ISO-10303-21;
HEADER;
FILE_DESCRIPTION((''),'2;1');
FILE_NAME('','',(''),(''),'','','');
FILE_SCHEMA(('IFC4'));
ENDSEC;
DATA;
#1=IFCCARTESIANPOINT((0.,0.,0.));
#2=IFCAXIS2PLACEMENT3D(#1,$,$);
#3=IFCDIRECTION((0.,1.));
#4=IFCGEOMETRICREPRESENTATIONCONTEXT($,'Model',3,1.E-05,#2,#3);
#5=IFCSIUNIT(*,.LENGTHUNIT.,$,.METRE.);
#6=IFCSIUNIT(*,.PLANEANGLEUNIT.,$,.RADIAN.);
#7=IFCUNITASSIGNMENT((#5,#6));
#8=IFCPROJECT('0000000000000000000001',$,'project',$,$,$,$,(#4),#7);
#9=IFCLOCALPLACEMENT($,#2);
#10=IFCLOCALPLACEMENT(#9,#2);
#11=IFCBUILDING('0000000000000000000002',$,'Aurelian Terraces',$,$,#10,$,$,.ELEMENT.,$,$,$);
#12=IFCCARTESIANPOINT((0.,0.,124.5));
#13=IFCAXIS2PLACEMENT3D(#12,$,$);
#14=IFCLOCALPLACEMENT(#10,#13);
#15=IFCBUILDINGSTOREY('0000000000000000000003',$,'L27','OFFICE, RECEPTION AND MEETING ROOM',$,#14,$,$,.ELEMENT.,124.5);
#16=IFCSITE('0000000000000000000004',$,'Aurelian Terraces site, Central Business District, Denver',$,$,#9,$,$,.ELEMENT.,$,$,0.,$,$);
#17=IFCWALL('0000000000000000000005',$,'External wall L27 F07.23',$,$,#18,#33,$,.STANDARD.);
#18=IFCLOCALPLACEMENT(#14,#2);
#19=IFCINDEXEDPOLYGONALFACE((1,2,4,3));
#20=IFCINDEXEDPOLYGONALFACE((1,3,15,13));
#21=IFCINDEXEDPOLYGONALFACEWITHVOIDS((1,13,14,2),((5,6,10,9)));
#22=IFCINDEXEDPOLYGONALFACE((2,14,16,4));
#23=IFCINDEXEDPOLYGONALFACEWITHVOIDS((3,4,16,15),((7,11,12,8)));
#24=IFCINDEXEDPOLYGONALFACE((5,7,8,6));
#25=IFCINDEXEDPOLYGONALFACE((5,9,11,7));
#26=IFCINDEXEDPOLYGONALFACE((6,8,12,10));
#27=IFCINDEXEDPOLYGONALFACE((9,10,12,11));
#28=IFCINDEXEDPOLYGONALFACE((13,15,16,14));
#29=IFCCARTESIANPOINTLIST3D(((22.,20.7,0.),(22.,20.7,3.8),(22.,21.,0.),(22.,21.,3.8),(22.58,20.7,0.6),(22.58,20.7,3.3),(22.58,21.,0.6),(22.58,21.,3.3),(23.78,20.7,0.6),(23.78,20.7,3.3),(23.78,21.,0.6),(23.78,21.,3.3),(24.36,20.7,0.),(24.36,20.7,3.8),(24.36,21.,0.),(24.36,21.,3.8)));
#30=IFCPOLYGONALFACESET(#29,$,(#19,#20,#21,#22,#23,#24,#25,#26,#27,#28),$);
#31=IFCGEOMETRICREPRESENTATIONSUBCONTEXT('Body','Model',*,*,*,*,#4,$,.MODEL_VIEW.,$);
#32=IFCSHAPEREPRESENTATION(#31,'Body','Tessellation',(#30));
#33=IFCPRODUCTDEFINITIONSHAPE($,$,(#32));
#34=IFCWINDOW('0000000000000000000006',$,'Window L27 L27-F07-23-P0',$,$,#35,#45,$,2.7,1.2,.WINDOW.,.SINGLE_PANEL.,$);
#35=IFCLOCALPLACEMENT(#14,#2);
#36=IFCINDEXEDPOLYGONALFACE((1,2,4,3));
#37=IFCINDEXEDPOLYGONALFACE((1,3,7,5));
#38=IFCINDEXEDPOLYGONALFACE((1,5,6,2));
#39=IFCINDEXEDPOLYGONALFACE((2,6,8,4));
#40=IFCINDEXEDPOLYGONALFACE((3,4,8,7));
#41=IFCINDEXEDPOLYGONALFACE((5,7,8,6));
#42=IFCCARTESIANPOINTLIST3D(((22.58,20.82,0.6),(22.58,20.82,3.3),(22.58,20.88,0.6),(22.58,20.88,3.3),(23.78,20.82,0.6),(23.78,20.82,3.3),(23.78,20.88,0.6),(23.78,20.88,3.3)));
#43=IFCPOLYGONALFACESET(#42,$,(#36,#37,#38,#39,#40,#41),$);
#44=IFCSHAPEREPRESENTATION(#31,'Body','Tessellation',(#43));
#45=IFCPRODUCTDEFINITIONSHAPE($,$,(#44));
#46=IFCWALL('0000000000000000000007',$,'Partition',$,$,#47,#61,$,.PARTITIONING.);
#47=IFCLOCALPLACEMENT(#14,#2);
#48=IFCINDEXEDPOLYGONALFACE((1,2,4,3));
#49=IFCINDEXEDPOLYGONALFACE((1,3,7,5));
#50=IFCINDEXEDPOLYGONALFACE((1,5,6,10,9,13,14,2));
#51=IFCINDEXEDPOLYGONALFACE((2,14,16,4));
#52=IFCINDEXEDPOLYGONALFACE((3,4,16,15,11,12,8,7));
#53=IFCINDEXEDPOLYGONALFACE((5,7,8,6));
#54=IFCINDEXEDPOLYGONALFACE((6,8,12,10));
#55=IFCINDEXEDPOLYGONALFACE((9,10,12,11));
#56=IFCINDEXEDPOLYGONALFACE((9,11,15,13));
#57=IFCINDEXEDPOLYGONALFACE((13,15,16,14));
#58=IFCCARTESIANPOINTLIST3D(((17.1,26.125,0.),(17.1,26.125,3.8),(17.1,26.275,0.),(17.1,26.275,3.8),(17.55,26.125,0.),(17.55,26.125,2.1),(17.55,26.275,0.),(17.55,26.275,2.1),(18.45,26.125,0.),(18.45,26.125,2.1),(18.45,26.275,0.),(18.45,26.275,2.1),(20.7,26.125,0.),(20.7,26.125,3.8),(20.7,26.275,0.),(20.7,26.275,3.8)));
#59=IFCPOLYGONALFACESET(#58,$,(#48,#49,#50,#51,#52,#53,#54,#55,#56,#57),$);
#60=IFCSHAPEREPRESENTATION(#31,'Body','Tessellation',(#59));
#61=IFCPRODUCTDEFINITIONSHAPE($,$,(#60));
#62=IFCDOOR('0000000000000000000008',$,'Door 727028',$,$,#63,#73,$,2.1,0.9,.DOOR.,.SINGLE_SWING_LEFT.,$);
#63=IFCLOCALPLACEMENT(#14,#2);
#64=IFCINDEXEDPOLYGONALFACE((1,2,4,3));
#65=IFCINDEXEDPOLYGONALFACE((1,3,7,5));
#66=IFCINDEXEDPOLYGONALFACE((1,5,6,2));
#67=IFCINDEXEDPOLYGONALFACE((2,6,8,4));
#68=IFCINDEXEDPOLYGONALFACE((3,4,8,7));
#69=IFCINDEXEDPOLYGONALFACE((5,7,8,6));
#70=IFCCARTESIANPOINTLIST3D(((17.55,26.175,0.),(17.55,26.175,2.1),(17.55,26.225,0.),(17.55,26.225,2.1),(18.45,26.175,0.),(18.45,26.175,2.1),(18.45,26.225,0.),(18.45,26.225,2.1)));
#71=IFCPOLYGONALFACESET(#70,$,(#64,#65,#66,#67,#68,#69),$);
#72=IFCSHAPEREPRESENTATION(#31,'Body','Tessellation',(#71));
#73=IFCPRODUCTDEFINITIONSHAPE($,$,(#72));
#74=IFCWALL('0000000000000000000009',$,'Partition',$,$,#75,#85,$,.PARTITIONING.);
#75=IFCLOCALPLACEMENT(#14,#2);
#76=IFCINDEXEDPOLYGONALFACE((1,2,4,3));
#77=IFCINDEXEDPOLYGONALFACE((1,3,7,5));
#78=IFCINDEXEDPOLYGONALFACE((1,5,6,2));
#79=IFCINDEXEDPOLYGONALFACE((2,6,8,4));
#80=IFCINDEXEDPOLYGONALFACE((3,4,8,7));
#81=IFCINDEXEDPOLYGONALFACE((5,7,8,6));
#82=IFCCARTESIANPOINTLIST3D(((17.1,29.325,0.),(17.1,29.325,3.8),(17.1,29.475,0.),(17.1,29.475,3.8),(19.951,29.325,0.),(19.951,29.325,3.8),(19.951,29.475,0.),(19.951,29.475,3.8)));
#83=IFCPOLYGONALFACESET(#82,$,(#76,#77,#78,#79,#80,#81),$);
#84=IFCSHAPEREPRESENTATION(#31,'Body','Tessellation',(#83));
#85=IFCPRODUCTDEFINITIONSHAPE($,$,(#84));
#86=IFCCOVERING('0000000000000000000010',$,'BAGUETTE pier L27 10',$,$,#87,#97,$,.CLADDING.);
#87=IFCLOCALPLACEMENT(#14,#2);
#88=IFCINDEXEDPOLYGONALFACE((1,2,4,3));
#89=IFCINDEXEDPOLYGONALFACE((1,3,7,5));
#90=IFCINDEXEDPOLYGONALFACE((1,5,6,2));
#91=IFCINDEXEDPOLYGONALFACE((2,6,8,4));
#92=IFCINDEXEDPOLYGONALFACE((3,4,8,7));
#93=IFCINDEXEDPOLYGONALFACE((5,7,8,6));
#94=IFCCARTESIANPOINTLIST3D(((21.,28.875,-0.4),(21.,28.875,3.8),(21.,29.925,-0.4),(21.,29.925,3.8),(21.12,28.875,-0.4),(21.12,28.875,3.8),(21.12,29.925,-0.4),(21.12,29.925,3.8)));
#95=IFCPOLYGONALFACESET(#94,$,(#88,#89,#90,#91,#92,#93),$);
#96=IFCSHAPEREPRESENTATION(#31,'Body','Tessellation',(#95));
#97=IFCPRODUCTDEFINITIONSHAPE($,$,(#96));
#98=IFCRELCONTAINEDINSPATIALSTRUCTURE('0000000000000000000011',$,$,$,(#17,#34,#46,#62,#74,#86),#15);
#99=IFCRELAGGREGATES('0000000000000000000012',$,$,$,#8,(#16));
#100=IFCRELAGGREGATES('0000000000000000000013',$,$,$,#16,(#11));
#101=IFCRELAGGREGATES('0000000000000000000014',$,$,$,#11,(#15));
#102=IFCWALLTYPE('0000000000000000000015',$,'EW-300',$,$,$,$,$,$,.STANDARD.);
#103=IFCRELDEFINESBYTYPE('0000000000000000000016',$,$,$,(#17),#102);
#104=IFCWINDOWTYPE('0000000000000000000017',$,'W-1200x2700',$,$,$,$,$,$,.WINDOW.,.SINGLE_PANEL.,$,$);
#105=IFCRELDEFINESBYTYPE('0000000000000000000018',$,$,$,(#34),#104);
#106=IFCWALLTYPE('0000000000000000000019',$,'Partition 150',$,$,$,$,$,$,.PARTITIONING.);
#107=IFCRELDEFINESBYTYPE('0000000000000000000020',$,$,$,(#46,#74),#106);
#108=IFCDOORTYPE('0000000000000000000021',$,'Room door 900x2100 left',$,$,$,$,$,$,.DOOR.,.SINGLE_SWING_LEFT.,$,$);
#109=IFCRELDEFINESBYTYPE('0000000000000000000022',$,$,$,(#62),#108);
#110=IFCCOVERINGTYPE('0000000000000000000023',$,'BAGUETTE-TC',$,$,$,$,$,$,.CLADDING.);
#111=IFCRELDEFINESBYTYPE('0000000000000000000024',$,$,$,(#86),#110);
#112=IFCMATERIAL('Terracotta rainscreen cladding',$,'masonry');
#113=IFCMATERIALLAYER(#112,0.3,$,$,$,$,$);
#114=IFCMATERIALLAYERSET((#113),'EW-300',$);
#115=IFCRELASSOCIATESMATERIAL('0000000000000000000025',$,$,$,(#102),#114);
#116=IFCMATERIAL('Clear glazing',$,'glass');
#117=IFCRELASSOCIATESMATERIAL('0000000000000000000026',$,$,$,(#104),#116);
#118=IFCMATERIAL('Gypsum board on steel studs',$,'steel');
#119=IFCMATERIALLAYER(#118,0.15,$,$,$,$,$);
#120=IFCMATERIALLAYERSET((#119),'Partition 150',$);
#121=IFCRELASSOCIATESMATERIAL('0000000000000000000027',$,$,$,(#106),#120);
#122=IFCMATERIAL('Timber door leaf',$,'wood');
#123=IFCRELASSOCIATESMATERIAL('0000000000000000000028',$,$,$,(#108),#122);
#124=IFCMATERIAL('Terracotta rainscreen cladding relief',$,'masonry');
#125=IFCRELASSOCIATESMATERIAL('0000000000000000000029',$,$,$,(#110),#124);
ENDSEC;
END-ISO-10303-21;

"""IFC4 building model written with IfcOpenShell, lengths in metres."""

from ifc_helpers import new_model, si_unit, direction, frame, frame_2d, origin, origin_2d, place, context, subcontext, project, spatial, rectangle, extrude, source, transform, mapped, material, layer, layer_set, type_object, element, fill, save


model = new_model("IFC4")

# Units and contexts
model_context = context("Model", 3, precision=1e-05, world=origin(), true_north=direction((0.0, 1.0)))
body_context = subcontext(model_context, "Body", "Model", "MODEL_VIEW")
ifc_project = project(units=[si_unit("LENGTHUNIT", "METRE"), si_unit("PLANEANGLEUNIT", "RADIAN")], contexts=[model_context])

# Site, building, storey
site_placement = place(None, origin())
site = spatial("IfcSite", under=ifc_project, at=site_placement, Name="Aurelian Terraces site, Central Business District, Denver", CompositionType="ELEMENT", RefElevation=0.0)
building_placement = place(site_placement, origin())
building = spatial("IfcBuilding", under=site, at=building_placement, Name="Aurelian Terraces", CompositionType="ELEMENT")
storey_placement = place(building_placement, frame((0.0, 0.0, 124.5)))
storey = spatial("IfcBuildingStorey", under=building, at=storey_placement, Name="L27", Description="OFFICE, RECEPTION AND MEETING ROOM", CompositionType="ELEMENT", Elevation=124.5)

# Shared definitions
ifc_material_1 = material(Name="Terracotta rainscreen cladding", Category="masonry")
ifc_layer_1 = layer(ifc_material_1, 0.3)
ifc_layer_set_1 = layer_set([ifc_layer_1], Name="EW-300")
wall_type_1 = type_object("IfcWallType", Name="EW-300", PredefinedType="STANDARD", material=ifc_layer_set_1)

# Shared definitions
ifc_material_2 = material(Name="Clear glazing", Category="glass")

# Wall, opening, window
shared_shape_1 = source(origin(), body_context, "Body", "SweptSolid", [
    extrude(rectangle(XDim=2.36, YDim=0.3, at=frame_2d((1.18, 0.0))), origin(), (0.0, 0.0, 1.0), 3.8),
])
wall_1_placement = place(storey_placement, frame((24.36, 20.85, 0.0), z_axis=(0.0, 0.0, 1.0), x_axis=(-1.0, 0.0, 0.0)))
wall_1 = element("IfcWall", 1, at=wall_1_placement, inside=storey, type_object=wall_type_1, Name="External wall L27 F07.23", PredefinedType="STANDARD", context=body_context, shape_type="MappedRepresentation", body=[
    mapped(shared_shape_1, transform((0.0, 0.0, 0.0), scale=1.0)),
])
shared_shape_2 = source(origin(), body_context, "Body", "SweptSolid", [
    extrude(rectangle(XDim=1.2, YDim=2.7, at=frame_2d((0.6, 1.35))), frame((0.0, 0.16, 0.0), z_axis=(0.0, -1.0, 0.0), x_axis=(1.0, 0.0, 0.0)), (0.0, 0.0, 1.0), 0.32),
])
opening_1_placement = place(wall_1_placement, frame((0.58, 0.0, 0.6)))
opening_1 = element("IfcOpeningElement", 2, at=opening_1_placement, cuts=wall_1, PredefinedType="OPENING", context=body_context, shape_type="MappedRepresentation", body=[
    mapped(shared_shape_2, transform((0.0, 0.0, 0.0), scale=1.0)),
])
window_type_1 = type_object("IfcWindowType", Name="W-1200x2700", PartitioningType="SINGLE_PANEL", PredefinedType="WINDOW", material=ifc_material_2)
shared_shape_3 = source(origin(), body_context, "Body", "SweptSolid", [
    extrude(rectangle(XDim=1.2, YDim=2.7, at=frame_2d((0.6, 1.35))), frame((0.0, 0.03, 0.0), z_axis=(0.0, -1.0, 0.0), x_axis=(1.0, 0.0, 0.0)), (0.0, 0.0, 1.0), 0.06),
])
window_1_placement = place(opening_1_placement, origin())
window_1 = element("IfcWindow", 3, at=window_1_placement, inside=storey, type_object=window_type_1, Name="Window L27 L27-F07-23-P0", OverallHeight=2.7, OverallWidth=1.2, PartitioningType="SINGLE_PANEL", PredefinedType="WINDOW", context=body_context, shape_type="MappedRepresentation", body=[
    mapped(shared_shape_3, transform((0.0, 0.0, 0.0), scale=1.0)),
])
fill(opening_1, window_1)

# Wall, opening, door
ifc_material_3 = material(Name="Gypsum board on steel studs", Category="steel")
ifc_layer_2 = layer(ifc_material_3, 0.15)
ifc_layer_set_2 = layer_set([ifc_layer_2], Name="Partition 150")
wall_type_2 = type_object("IfcWallType", Name="Partition 150", PredefinedType="PARTITIONING", material=ifc_layer_set_2)
shared_shape_4 = source(origin(), body_context, "Body", "SweptSolid", [
    extrude(rectangle(XDim=3.6, YDim=0.15, at=frame_2d((1.8, 0.0))), origin(), (0.0, 0.0, 1.0), 3.8),
])
wall_2_placement = place(storey_placement, frame((17.1, 26.2, 0.0), z_axis=(0.0, 0.0, 1.0), x_axis=(1.0, 0.0, 0.0)))
wall_2 = element("IfcWall", 4, at=wall_2_placement, inside=storey, type_object=wall_type_2, Name="Partition", PredefinedType="PARTITIONING", context=body_context, shape_type="MappedRepresentation", body=[
    mapped(shared_shape_4, transform((0.0, 0.0, 0.0), scale=1.0)),
])
shared_shape_5 = source(origin(), body_context, "Body", "SweptSolid", [
    extrude(rectangle(XDim=0.9, YDim=2.1, at=frame_2d((0.45, 1.05))), frame((0.0, 0.085, 0.0), z_axis=(0.0, -1.0, 0.0), x_axis=(1.0, 0.0, 0.0)), (0.0, 0.0, 1.0), 0.17),
])
opening_2_placement = place(wall_2_placement, frame((0.45, 0.0, 0.0)))
opening_2 = element("IfcOpeningElement", 5, at=opening_2_placement, cuts=wall_2, PredefinedType="OPENING", context=body_context, shape_type="MappedRepresentation", body=[
    mapped(shared_shape_5, transform((0.0, 0.0, 0.0), scale=1.0)),
])
ifc_material_4 = material(Name="Timber door leaf", Category="wood")
door_type = type_object("IfcDoorType", Name="Room door 900x2100 left", OperationType="SINGLE_SWING_LEFT", PredefinedType="DOOR", material=ifc_material_4)
shared_shape_6 = source(origin(), body_context, "Body", "SweptSolid", [
    extrude(rectangle(XDim=0.9, YDim=2.1, at=frame_2d((0.45, 1.05))), frame((0.0, 0.025, 0.0), z_axis=(0.0, -1.0, 0.0), x_axis=(1.0, 0.0, 0.0)), (0.0, 0.0, 1.0), 0.05),
])
door_placement = place(opening_2_placement, origin())
door = element("IfcDoor", 6, at=door_placement, inside=storey, type_object=door_type, Name="Door 727028", OperationType="SINGLE_SWING_LEFT", OverallHeight=2.1, OverallWidth=0.9, PredefinedType="DOOR", context=body_context, shape_type="MappedRepresentation", body=[
    mapped(shared_shape_6, transform((0.0, 0.0, 0.0), scale=1.0)),
])
fill(opening_2, door)

# Wall
shared_shape_7 = source(origin(), body_context, "Body", "SweptSolid", [
    extrude(rectangle(XDim=2.851, YDim=0.15, at=frame_2d((1.4255, 0.0))), origin(), (0.0, 0.0, 1.0), 3.8),
])
wall_3_placement = place(storey_placement, frame((19.951, 29.4, 0.0), z_axis=(0.0, 0.0, 1.0), x_axis=(-1.0, 0.0, 0.0)))
element("IfcWall", 7, at=wall_3_placement, inside=storey, type_object=wall_type_2, Name="Partition", PredefinedType="PARTITIONING", context=body_context, shape_type="MappedRepresentation", body=[
    mapped(shared_shape_7, transform((0.0, 0.0, 0.0), scale=1.0)),
])

# Covering
ifc_material_5 = material(Name="Terracotta rainscreen cladding relief", Category="masonry")
covering_type = type_object("IfcCoveringType", Name="BAGUETTE-TC", PredefinedType="CLADDING", material=ifc_material_5)
shared_shape_8 = source(origin(), body_context, "Body", "SweptSolid", [
    extrude(rectangle(XDim=0.12, YDim=1.05, at=origin_2d()), origin(), (0.0, 0.0, 1.0), 4.2),
])
covering_placement = place(storey_placement, frame((21.06, 29.4, -0.4), z_axis=(0.0, 0.0, 1.0), x_axis=(1.0, 0.0, 0.0)))
element("IfcCovering", 8, at=covering_placement, inside=storey, type_object=covering_type, Name="BAGUETTE pier L27 10", PredefinedType="CLADDING", context=body_context, shape_type="MappedRepresentation", body=[
    mapped(shared_shape_8, transform((0.0, 0.0, 0.0), scale=1.0)),
])

save(model, "model.ifc")
